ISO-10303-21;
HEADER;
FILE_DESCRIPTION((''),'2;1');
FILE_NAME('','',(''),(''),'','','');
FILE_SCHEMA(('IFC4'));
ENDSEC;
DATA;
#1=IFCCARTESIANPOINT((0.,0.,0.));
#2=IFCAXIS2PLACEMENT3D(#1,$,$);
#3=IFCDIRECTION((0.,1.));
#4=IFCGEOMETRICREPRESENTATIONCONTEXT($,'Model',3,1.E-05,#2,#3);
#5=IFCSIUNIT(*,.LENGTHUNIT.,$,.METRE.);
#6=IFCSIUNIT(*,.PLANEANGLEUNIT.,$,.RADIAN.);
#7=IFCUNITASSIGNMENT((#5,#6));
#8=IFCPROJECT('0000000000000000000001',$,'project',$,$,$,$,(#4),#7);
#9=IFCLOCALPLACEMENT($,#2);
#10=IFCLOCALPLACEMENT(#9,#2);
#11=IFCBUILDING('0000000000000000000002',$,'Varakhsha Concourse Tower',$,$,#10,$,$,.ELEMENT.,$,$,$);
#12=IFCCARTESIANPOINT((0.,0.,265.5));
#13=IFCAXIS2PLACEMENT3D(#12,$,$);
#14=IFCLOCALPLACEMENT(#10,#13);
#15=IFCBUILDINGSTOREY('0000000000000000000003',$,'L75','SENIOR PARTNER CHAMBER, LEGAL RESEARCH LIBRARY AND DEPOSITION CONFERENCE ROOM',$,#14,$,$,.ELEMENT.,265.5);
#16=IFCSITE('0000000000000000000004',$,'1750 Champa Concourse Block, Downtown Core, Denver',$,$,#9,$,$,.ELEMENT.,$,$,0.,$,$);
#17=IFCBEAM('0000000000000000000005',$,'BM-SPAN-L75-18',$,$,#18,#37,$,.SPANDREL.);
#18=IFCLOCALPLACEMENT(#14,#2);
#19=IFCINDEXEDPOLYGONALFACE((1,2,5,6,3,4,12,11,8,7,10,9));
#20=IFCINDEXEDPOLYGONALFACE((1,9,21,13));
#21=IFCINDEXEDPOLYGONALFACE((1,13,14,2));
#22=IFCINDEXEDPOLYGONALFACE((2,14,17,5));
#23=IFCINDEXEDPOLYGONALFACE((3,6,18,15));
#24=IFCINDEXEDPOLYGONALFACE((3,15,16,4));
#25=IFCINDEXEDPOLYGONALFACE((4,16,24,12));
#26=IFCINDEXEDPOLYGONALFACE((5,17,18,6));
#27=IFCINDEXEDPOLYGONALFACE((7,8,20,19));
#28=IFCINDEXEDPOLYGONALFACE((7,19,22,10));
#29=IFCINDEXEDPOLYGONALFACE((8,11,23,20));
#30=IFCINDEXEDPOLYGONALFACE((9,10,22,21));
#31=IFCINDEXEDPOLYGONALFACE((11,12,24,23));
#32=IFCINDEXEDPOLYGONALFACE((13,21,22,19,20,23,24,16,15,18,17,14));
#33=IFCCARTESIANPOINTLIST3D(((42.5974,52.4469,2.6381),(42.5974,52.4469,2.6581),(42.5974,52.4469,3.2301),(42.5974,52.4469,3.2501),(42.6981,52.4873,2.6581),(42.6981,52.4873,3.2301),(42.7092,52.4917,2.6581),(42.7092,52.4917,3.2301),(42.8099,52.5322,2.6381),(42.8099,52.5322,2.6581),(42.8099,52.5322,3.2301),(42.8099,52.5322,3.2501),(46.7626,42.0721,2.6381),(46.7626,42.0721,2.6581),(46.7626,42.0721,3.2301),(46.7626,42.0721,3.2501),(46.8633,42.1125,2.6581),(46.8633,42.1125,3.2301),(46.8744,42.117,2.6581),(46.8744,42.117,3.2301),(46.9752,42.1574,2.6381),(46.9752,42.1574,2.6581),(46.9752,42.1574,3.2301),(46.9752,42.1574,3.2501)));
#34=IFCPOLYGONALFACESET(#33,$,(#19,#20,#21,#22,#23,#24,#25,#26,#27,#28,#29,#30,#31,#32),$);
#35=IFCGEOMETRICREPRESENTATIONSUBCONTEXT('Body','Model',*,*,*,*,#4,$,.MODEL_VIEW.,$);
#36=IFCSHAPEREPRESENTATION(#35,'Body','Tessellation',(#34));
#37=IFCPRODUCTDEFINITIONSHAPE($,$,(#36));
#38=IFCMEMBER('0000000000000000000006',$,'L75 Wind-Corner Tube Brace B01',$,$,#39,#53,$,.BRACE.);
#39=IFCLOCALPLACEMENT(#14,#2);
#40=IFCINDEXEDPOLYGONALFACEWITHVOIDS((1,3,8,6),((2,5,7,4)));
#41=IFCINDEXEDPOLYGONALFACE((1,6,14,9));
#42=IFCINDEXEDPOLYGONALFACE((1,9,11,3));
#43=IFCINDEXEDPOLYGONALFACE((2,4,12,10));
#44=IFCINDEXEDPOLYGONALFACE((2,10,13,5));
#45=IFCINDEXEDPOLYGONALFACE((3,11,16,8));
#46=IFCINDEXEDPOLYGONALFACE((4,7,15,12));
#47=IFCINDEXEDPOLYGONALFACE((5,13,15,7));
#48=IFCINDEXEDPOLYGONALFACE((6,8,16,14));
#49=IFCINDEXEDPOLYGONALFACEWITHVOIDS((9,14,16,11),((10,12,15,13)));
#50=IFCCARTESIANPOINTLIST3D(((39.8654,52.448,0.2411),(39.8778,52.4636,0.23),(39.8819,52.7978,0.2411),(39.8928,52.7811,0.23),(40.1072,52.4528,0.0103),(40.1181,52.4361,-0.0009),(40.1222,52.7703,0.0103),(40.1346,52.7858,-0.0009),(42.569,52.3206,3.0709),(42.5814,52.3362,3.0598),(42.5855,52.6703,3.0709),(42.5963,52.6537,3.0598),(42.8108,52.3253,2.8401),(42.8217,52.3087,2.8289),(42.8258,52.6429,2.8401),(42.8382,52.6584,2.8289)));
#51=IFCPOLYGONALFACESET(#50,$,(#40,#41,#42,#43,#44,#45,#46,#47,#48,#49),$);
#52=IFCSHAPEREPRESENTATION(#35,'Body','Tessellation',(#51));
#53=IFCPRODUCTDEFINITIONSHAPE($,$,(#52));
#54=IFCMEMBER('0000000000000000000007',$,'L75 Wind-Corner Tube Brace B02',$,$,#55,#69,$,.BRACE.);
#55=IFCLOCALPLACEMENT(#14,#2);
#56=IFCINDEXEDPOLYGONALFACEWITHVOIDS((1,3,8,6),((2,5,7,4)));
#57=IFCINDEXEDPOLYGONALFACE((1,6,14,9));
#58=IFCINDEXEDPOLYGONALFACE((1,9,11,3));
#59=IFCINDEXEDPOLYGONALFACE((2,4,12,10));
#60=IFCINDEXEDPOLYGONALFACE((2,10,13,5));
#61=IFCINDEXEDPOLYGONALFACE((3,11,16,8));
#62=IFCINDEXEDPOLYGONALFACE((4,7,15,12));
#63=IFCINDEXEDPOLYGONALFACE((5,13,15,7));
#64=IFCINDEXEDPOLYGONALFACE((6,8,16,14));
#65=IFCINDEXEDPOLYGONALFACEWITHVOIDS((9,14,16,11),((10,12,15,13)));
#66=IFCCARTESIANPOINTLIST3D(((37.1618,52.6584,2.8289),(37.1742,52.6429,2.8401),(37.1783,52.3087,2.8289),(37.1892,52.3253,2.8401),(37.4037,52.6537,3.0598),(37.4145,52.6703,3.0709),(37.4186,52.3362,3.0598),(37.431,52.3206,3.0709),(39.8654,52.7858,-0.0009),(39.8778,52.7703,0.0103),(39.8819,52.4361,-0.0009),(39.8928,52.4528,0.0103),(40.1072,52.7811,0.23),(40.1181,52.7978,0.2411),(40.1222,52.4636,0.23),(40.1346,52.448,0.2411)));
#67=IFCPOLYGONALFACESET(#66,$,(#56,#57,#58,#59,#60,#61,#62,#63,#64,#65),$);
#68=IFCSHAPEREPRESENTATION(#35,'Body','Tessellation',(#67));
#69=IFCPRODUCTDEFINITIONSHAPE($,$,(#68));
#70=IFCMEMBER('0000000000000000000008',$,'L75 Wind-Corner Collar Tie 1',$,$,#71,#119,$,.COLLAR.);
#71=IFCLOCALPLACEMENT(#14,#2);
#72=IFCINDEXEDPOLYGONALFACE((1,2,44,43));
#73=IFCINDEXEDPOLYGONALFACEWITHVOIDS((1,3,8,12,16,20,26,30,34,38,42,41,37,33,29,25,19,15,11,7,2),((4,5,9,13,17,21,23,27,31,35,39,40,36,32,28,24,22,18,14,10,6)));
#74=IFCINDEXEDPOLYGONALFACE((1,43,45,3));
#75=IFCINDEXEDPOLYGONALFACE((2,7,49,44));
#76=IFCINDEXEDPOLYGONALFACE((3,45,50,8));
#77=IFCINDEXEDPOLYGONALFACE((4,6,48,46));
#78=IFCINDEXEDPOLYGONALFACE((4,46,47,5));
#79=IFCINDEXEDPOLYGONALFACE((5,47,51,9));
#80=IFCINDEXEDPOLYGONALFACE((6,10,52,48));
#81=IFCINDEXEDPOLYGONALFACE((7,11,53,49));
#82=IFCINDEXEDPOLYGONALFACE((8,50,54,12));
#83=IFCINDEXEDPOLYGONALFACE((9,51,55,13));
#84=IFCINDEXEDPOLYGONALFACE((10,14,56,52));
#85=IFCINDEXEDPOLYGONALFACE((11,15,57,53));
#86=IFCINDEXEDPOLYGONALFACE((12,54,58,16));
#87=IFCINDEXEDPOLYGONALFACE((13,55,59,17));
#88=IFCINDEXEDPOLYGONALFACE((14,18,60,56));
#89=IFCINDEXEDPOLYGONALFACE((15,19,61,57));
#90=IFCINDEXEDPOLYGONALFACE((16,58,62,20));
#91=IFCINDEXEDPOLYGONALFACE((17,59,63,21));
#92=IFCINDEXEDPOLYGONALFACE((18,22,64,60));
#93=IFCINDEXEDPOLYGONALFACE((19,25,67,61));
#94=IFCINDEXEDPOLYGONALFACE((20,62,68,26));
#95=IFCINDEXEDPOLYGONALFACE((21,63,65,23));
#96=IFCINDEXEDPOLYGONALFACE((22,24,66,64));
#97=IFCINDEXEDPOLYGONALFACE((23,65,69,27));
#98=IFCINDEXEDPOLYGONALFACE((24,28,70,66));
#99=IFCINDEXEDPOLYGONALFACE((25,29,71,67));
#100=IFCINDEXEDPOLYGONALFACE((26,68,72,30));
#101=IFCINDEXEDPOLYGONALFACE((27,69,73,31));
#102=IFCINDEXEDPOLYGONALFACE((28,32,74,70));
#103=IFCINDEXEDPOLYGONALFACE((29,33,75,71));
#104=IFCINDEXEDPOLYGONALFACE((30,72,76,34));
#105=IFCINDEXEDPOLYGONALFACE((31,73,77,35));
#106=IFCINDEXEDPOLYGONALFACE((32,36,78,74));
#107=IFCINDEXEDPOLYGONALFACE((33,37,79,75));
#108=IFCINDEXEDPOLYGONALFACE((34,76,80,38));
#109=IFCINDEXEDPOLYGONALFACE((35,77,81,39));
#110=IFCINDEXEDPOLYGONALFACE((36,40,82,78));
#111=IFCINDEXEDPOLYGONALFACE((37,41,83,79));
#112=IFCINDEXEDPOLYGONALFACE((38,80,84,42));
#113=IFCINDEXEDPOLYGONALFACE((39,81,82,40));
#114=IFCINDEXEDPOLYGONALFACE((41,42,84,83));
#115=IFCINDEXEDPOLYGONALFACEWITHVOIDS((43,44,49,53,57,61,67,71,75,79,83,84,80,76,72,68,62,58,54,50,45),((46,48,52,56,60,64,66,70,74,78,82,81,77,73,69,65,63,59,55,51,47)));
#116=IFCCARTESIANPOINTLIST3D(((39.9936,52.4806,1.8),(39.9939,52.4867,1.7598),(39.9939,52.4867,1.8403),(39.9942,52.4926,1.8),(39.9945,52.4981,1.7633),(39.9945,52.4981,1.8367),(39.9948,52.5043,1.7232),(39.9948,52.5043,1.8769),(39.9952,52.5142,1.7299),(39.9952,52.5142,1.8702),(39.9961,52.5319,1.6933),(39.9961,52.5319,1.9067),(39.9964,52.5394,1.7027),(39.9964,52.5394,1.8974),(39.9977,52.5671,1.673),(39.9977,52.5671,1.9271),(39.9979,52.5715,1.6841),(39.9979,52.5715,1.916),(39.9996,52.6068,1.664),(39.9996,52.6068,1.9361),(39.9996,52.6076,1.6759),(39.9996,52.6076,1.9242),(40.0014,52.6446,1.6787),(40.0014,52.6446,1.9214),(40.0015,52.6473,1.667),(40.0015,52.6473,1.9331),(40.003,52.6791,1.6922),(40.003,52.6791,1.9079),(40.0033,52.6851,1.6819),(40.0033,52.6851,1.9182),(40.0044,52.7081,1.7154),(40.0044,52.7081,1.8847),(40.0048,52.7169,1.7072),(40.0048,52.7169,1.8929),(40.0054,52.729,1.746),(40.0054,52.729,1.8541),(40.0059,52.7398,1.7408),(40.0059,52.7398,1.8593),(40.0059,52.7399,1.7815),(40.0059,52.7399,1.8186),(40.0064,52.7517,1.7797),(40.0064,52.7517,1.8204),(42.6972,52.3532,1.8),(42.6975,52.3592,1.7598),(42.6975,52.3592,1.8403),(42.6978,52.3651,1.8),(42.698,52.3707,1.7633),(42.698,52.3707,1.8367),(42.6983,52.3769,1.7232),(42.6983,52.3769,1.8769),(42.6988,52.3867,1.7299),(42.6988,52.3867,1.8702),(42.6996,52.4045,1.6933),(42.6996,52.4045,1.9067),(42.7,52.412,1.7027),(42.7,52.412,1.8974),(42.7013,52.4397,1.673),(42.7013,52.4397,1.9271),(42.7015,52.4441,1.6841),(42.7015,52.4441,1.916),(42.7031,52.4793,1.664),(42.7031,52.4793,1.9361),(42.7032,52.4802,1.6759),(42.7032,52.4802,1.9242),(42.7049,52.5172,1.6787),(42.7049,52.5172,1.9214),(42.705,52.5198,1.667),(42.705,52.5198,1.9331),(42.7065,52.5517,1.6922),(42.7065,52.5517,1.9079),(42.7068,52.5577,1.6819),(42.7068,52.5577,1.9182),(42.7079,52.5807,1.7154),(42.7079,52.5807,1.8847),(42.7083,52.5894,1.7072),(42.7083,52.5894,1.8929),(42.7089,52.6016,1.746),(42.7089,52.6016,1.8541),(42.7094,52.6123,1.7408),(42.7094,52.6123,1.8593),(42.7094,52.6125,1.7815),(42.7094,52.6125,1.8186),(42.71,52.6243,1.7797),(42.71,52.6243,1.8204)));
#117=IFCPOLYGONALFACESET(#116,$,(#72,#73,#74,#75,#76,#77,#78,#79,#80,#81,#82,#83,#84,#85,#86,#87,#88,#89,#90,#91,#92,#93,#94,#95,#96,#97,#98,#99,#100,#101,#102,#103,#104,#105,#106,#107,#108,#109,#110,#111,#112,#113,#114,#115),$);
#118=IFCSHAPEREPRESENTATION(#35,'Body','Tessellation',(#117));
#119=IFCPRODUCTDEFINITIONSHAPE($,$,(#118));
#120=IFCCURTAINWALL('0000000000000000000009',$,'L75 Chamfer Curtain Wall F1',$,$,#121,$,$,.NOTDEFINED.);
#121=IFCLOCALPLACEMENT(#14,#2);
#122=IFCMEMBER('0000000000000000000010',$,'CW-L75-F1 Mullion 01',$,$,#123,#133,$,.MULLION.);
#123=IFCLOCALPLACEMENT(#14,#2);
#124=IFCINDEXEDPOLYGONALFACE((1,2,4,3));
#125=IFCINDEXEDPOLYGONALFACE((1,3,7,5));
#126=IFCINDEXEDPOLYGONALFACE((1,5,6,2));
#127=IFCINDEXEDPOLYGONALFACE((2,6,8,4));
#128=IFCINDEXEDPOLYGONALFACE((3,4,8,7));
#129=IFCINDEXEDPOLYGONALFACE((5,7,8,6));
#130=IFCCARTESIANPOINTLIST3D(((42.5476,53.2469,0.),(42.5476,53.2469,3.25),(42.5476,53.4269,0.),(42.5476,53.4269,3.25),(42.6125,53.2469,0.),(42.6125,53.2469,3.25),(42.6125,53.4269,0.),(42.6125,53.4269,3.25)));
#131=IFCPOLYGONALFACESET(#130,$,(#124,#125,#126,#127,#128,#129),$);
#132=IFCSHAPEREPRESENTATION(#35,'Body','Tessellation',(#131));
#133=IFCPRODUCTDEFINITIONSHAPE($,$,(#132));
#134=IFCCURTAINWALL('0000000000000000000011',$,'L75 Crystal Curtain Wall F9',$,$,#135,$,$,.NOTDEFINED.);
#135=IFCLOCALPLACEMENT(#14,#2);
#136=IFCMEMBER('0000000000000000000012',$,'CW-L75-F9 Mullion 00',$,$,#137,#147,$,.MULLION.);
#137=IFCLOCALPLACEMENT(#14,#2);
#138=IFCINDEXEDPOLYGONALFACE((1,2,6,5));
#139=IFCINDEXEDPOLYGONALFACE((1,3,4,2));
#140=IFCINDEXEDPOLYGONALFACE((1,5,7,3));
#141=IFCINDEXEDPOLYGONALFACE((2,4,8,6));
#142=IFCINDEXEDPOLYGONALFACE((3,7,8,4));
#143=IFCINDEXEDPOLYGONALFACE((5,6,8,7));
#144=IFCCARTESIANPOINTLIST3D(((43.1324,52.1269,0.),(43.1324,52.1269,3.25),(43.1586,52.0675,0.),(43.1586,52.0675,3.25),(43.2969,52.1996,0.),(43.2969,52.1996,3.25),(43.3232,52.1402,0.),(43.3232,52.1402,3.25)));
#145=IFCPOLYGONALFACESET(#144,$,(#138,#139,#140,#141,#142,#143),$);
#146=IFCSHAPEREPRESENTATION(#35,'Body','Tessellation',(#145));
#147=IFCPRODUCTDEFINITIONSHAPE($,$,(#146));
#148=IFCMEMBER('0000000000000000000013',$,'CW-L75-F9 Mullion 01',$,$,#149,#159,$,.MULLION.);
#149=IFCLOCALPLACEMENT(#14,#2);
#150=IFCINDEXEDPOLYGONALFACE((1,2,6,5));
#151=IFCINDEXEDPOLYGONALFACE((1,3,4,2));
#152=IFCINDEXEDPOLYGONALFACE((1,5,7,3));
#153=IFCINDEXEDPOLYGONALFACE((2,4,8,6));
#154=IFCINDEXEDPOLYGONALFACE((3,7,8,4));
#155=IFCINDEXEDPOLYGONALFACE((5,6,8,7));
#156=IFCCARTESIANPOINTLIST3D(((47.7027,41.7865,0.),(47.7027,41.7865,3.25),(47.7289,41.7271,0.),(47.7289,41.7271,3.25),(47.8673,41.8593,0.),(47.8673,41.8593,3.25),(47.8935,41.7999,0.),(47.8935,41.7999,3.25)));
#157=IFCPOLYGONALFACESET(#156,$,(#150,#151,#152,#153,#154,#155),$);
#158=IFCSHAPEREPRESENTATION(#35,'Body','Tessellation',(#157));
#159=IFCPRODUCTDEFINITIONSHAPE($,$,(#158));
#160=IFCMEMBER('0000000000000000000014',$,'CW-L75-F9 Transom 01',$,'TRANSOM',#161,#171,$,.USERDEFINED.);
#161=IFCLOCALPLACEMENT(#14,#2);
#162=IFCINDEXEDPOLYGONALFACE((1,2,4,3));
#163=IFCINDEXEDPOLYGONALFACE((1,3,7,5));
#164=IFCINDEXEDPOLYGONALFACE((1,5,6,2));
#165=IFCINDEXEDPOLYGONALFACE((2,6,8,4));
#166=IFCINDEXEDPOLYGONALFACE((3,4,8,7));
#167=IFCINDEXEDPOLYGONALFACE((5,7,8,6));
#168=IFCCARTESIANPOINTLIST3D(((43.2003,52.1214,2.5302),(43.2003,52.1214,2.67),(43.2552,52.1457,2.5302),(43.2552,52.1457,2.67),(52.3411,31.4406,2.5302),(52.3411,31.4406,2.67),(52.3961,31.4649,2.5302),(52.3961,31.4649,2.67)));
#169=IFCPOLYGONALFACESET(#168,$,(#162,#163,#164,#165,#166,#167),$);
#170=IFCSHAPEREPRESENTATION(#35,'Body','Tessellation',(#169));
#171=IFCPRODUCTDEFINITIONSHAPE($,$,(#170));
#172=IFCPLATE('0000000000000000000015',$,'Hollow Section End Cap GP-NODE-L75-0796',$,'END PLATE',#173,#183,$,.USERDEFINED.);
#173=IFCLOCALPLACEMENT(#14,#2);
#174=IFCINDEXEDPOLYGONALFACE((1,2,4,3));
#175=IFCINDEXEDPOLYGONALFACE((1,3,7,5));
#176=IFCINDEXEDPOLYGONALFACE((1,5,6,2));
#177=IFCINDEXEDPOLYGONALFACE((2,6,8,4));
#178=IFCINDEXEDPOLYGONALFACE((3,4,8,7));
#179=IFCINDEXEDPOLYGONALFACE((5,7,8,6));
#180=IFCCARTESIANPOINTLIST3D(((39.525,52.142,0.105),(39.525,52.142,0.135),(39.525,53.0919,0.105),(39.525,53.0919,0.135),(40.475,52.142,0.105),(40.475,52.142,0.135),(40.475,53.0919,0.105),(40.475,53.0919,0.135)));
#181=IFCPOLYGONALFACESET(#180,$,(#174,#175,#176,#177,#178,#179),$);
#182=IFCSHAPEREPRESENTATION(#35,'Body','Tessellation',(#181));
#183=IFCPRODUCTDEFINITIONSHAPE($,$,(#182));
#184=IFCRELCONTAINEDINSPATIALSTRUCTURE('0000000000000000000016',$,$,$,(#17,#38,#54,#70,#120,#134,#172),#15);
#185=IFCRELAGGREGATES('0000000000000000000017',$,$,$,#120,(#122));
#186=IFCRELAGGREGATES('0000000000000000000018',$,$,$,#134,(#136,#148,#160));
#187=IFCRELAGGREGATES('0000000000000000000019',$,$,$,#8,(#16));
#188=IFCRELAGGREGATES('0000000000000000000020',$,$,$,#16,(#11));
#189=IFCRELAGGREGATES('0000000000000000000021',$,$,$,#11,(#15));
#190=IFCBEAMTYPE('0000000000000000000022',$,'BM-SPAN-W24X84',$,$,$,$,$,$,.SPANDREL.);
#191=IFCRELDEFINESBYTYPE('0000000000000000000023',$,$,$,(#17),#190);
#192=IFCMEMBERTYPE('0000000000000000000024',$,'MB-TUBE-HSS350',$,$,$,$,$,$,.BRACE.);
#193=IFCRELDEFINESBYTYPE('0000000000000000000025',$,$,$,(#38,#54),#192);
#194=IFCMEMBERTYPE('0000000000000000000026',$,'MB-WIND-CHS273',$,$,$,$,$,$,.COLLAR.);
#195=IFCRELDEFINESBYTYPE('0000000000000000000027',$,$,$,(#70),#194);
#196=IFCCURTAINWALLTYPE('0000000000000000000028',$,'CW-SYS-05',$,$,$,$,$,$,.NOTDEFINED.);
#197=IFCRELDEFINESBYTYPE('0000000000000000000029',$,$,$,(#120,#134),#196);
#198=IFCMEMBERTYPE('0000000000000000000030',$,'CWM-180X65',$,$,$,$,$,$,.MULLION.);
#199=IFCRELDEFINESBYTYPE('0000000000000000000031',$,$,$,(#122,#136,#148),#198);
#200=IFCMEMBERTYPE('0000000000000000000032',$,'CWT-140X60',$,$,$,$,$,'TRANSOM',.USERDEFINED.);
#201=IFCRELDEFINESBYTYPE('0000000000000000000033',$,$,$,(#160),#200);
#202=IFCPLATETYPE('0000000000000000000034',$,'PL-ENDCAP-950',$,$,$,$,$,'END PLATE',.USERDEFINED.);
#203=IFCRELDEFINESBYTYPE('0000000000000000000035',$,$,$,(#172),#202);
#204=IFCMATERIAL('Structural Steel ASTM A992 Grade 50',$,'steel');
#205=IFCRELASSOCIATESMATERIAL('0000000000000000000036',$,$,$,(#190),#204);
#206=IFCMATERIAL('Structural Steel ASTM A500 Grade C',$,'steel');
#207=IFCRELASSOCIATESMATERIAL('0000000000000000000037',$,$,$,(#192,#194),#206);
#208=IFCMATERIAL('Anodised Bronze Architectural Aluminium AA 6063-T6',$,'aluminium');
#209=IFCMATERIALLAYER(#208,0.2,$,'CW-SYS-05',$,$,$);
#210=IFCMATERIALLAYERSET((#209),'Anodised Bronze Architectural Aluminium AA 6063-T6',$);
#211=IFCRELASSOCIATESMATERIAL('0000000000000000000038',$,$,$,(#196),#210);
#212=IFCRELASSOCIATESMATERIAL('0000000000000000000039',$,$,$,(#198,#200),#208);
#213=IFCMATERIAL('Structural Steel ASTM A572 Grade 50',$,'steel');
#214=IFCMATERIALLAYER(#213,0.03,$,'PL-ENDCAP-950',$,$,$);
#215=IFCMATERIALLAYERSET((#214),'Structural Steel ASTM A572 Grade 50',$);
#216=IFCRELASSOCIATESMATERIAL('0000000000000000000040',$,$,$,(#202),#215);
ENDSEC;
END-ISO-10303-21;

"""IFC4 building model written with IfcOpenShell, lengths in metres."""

from ifc_helpers import new_model, si_unit, direction, frame, origin, origin_2d, place, context, subcontext, project, spatial, rectangle, hollow_rectangle, hollow_circle, i_section, extrude, source, transform, mapped, material, layer, layer_set, material_profile, profile_set, type_object, type_shapes, element, aggregate, save


model = new_model("IFC4")

# Units and contexts
model_context = context("Model", 3, precision=1e-05, world=origin(), true_north=direction((0.0, 1.0)))
body_context = subcontext(model_context, "Body", "Model", "MODEL_VIEW")
ifc_project = project(units=[si_unit("LENGTHUNIT", "METRE"), si_unit("PLANEANGLEUNIT", "RADIAN")], contexts=[model_context])

# Site, building, storey
site_placement = place(None, origin())
site = spatial("IfcSite", under=ifc_project, at=site_placement, Name="1750 Champa Concourse Block, Downtown Core, Denver", CompositionType="ELEMENT", RefElevation=0.0)
building_placement = place(site_placement, origin())
building = spatial("IfcBuilding", under=site, at=building_placement, Name="Varakhsha Concourse Tower", CompositionType="ELEMENT")
storey_placement = place(building_placement, frame((0.0, 0.0, 265.5)))
storey = spatial("IfcBuildingStorey", under=building, at=storey_placement, Name="L75", Description="SENIOR PARTNER CHAMBER, LEGAL RESEARCH LIBRARY AND DEPOSITION CONFERENCE ROOM", CompositionType="ELEMENT", Elevation=265.5)

# Shared definitions
ifc_material_1 = material(Name="Structural Steel ASTM A992 Grade 50", Category="steel")
ifc_material_2 = material(Name="Structural Steel ASTM A572 Grade 50", Category="steel")

# Beam
ifc_material_profile_1 = material_profile(ifc_material_1, i_section(OverallWidth=0.229, OverallDepth=0.6121, WebThickness=0.012, FlangeThickness=0.02, at=origin_2d()), Name="W24X84")
ifc_profile_set_1 = profile_set([ifc_material_profile_1], Name="Structural Steel ASTM A992 Grade 50")
beam_type_1 = type_object("IfcBeamType", Name="BM-SPAN-W24X84", PredefinedType="SPANDREL", material=ifc_profile_set_1)
beam_1_placement = place(storey_placement, frame((46.8689, 42.1147, 2.9441), z_axis=(-0.372576, 0.928002, 0.0), x_axis=(-0.928002, -0.372576, 0.0)))
element("IfcBeam", 1, at=beam_1_placement, inside=storey, type_object=beam_type_1, Name="BM-SPAN-L75-18", PredefinedType="SPANDREL", context=body_context, shape_type="SweptSolid", body=[
    extrude(i_section(OverallWidth=0.229, OverallDepth=0.6121, WebThickness=0.012, FlangeThickness=0.02, at=origin_2d()), origin(), (0.0, 0.0, 1.0), 11.1797),
])

# Members
ifc_material_3 = material(Name="Structural Steel ASTM A500 Grade C", Category="steel")
ifc_material_profile_2 = material_profile(ifc_material_3, hollow_rectangle(XDim=0.3501, YDim=0.3501, WallThickness=0.0161, at=origin_2d()), Name="HSS 350x350x16")
ifc_profile_set_2 = profile_set([ifc_material_profile_2], Name="Structural Steel ASTM A500 Grade C")
member_type_1 = type_object("IfcMemberType", Name="MB-TUBE-HSS350", PredefinedType="BRACE", material=ifc_profile_set_2)
shared_shape_1 = source(origin(), body_context, "Body", "SweptSolid", [
    extrude(hollow_rectangle(XDim=0.3501, YDim=0.3501, WallThickness=0.0161, at=origin_2d()), origin(), (0.0, 0.0, 1.0), 3.9158),
])
type_shapes(member_type_1, [shared_shape_1])
for number, where, z_axis, x_axis, name in (
    (2, (40.0, 52.6169, 0.1201), (0.690432, -0.032545, 0.722665), (0.047085, 0.998891, 0.0), "L75 Wind-Corner Tube Brace B01"),
    (3, (40.0, 52.6169, 0.1201), (-0.690432, -0.032545, 0.722665), (0.047085, -0.998891, 0.0), "L75 Wind-Corner Tube Brace B02"),
):
    element("IfcMember", number, at=place(storey_placement, frame(where, z_axis=z_axis, x_axis=x_axis)), inside=storey, type_object=member_type_1, Name=name, PredefinedType="BRACE", context=body_context, shape_type="MappedRepresentation", body=[
        mapped(shared_shape_1, transform((0.0, 0.0, 0.0), scale=1.0)),
    ])
ifc_material_profile_3 = material_profile(ifc_material_3, hollow_circle(Radius=0.1365, WallThickness=0.012, at=origin_2d()), Name="CHS 273x12")
ifc_profile_set_3 = profile_set([ifc_material_profile_3], Name="Structural Steel ASTM A500 Grade C")
member_type_2 = type_object("IfcMemberType", Name="MB-WIND-CHS273", PredefinedType="COLLAR", material=ifc_profile_set_3)
shared_shape_2 = source(origin(), body_context, "Body", "SweptSolid", [
    extrude(hollow_circle(Radius=0.1365, WallThickness=0.012, at=origin_2d()), origin(), (0.0, 0.0, 1.0), 2.7065),
])
type_shapes(member_type_2, [shared_shape_2])
member_1_placement = place(storey_placement, frame((42.7036, 52.4895, 1.8), z_axis=(-0.998891, 0.047085, 0.0), x_axis=(-0.047085, -0.998891, 0.0)))
element("IfcMember", 4, at=member_1_placement, inside=storey, type_object=member_type_2, Name="L75 Wind-Corner Collar Tie 1", PredefinedType="COLLAR", context=body_context, shape_type="MappedRepresentation", body=[
    mapped(shared_shape_2, transform((0.0, 0.0, 0.0), scale=1.0)),
])

# Curtain wall, member
ifc_material_4 = material(Name="Anodised Bronze Architectural Aluminium AA 6063-T6", Category="aluminium")
ifc_layer_1 = layer(ifc_material_4, 0.2, Name="CW-SYS-05")
ifc_layer_set_1 = layer_set([ifc_layer_1], Name="Anodised Bronze Architectural Aluminium AA 6063-T6")
curtain_wall_type = type_object("IfcCurtainWallType", Name="CW-SYS-05", PredefinedType="NOTDEFINED", material=ifc_layer_set_1)
curtain_wall_1_placement = place(storey_placement, origin())
curtain_wall_1 = element("IfcCurtainWall", 5, at=curtain_wall_1_placement, inside=storey, type_object=curtain_wall_type, Name="L75 Chamfer Curtain Wall F1", PredefinedType="NOTDEFINED")
ifc_material_profile_4 = material_profile(ifc_material_4, rectangle(XDim=0.0649, YDim=0.1799, at=origin_2d()), Name="CWM-180X65")
ifc_profile_set_4 = profile_set([ifc_material_profile_4], Name="Anodised Bronze Architectural Aluminium AA 6063-T6")
member_type_3 = type_object("IfcMemberType", Name="CWM-180X65", PredefinedType="MULLION", material=ifc_profile_set_4)
shared_shape_3 = source(origin(), body_context, "Body", "SweptSolid", [
    extrude(rectangle(XDim=0.0649, YDim=0.1799, at=origin_2d()), origin(), (0.0, 0.0, 1.0), 3.25),
])
type_shapes(member_type_3, [shared_shape_3])
member_2_placement = place(storey_placement, frame((42.5801, 53.3369, 0.0), z_axis=(0.0, 0.0, 1.0), x_axis=(1.0, 0.0, 0.0)))
member_2 = element("IfcMember", 6, at=member_2_placement, type_object=member_type_3, Name="CW-L75-F1 Mullion 01", PredefinedType="MULLION", context=body_context, shape_type="MappedRepresentation", body=[
    mapped(shared_shape_3, transform((0.0, 0.0, 0.0), scale=1.0)),
])

# Curtain wall, members
curtain_wall_2_placement = place(storey_placement, origin())
curtain_wall_2 = element("IfcCurtainWall", 7, at=curtain_wall_2_placement, inside=storey, type_object=curtain_wall_type, Name="L75 Crystal Curtain Wall F9", PredefinedType="NOTDEFINED")
member_3_placement = place(storey_placement, frame((43.2278, 52.1335, 0.0), z_axis=(0.0, 0.0, 1.0), x_axis=(0.404273, -0.914638, 0.0)))
member_3 = element("IfcMember", 8, at=member_3_placement, type_object=member_type_3, Name="CW-L75-F9 Mullion 00", PredefinedType="MULLION", context=body_context, shape_type="MappedRepresentation", body=[
    mapped(shared_shape_3, transform((0.0, 0.0, 0.0), scale=1.0)),
])
member_4_placement = place(storey_placement, frame((47.7981, 41.7932, 0.0), z_axis=(0.0, 0.0, 1.0), x_axis=(0.404273, -0.914638, 0.0)))
member_4 = element("IfcMember", 9, at=member_4_placement, type_object=member_type_3, Name="CW-L75-F9 Mullion 01", PredefinedType="MULLION", context=body_context, shape_type="MappedRepresentation", body=[
    mapped(shared_shape_3, transform((0.0, 0.0, 0.0), scale=1.0)),
])
ifc_material_profile_5 = material_profile(ifc_material_4, rectangle(XDim=0.0601, YDim=0.1399, at=origin_2d()), Name="CWT-140X60")
ifc_profile_set_5 = profile_set([ifc_material_profile_5], Name="Anodised Bronze Architectural Aluminium AA 6063-T6")
member_type_4 = type_object("IfcMemberType", Name="CWT-140X60", ElementType="TRANSOM", PredefinedType="USERDEFINED", material=ifc_profile_set_5)
shared_shape_4 = source(origin(), body_context, "Body", "SweptSolid", [
    extrude(rectangle(XDim=0.0601, YDim=0.1399, at=origin_2d()), origin(), (0.0, 0.0, 1.0), 22.6108),
])
type_shapes(member_type_4, [shared_shape_4])
member_5_placement = place(storey_placement, frame((43.2278, 52.1335, 2.6001), z_axis=(0.404267, -0.914641, 0.0), x_axis=(0.914641, 0.404267, 0.0)))
member_5 = element("IfcMember", 10, at=member_5_placement, type_object=member_type_4, Name="CW-L75-F9 Transom 01", ObjectType="TRANSOM", PredefinedType="USERDEFINED", context=body_context, shape_type="MappedRepresentation", body=[
    mapped(shared_shape_4, transform((0.0, 0.0, 0.0), scale=1.0)),
])

# Plate
ifc_layer_2 = layer(ifc_material_2, 0.03, Name="PL-ENDCAP-950")
ifc_layer_set_2 = layer_set([ifc_layer_2], Name="Structural Steel ASTM A572 Grade 50")
plate_type_1 = type_object("IfcPlateType", Name="PL-ENDCAP-950", ElementType="END PLATE", PredefinedType="USERDEFINED", material=ifc_layer_set_2)
shared_shape_5 = source(origin(), body_context, "Body", "SweptSolid", [
    extrude(rectangle(XDim=0.95, YDim=0.95, at=origin_2d()), origin(), (0.0, 0.0, 1.0), 0.03),
])
type_shapes(plate_type_1, [shared_shape_5])
for number, where, z_axis, x_axis, name in (
    (11, (40.0, 52.6169, 0.105), (0.0, 0.0, 1.0), (1.0, 0.0, 0.0), "Hollow Section End Cap GP-NODE-L75-0796"),
):
    element("IfcPlate", number, at=place(storey_placement, frame(where, z_axis=z_axis, x_axis=x_axis)), inside=storey, type_object=plate_type_1, Name=name, ObjectType="END PLATE", PredefinedType="USERDEFINED", context=body_context, shape_type="MappedRepresentation", body=[
        mapped(shared_shape_5, transform((0.0, 0.0, 0.0), scale=1.0)),
    ])

aggregate(curtain_wall_1, [member_2])
aggregate(curtain_wall_2, [member_3, member_4, member_5])

save(model, "model.ifc")
